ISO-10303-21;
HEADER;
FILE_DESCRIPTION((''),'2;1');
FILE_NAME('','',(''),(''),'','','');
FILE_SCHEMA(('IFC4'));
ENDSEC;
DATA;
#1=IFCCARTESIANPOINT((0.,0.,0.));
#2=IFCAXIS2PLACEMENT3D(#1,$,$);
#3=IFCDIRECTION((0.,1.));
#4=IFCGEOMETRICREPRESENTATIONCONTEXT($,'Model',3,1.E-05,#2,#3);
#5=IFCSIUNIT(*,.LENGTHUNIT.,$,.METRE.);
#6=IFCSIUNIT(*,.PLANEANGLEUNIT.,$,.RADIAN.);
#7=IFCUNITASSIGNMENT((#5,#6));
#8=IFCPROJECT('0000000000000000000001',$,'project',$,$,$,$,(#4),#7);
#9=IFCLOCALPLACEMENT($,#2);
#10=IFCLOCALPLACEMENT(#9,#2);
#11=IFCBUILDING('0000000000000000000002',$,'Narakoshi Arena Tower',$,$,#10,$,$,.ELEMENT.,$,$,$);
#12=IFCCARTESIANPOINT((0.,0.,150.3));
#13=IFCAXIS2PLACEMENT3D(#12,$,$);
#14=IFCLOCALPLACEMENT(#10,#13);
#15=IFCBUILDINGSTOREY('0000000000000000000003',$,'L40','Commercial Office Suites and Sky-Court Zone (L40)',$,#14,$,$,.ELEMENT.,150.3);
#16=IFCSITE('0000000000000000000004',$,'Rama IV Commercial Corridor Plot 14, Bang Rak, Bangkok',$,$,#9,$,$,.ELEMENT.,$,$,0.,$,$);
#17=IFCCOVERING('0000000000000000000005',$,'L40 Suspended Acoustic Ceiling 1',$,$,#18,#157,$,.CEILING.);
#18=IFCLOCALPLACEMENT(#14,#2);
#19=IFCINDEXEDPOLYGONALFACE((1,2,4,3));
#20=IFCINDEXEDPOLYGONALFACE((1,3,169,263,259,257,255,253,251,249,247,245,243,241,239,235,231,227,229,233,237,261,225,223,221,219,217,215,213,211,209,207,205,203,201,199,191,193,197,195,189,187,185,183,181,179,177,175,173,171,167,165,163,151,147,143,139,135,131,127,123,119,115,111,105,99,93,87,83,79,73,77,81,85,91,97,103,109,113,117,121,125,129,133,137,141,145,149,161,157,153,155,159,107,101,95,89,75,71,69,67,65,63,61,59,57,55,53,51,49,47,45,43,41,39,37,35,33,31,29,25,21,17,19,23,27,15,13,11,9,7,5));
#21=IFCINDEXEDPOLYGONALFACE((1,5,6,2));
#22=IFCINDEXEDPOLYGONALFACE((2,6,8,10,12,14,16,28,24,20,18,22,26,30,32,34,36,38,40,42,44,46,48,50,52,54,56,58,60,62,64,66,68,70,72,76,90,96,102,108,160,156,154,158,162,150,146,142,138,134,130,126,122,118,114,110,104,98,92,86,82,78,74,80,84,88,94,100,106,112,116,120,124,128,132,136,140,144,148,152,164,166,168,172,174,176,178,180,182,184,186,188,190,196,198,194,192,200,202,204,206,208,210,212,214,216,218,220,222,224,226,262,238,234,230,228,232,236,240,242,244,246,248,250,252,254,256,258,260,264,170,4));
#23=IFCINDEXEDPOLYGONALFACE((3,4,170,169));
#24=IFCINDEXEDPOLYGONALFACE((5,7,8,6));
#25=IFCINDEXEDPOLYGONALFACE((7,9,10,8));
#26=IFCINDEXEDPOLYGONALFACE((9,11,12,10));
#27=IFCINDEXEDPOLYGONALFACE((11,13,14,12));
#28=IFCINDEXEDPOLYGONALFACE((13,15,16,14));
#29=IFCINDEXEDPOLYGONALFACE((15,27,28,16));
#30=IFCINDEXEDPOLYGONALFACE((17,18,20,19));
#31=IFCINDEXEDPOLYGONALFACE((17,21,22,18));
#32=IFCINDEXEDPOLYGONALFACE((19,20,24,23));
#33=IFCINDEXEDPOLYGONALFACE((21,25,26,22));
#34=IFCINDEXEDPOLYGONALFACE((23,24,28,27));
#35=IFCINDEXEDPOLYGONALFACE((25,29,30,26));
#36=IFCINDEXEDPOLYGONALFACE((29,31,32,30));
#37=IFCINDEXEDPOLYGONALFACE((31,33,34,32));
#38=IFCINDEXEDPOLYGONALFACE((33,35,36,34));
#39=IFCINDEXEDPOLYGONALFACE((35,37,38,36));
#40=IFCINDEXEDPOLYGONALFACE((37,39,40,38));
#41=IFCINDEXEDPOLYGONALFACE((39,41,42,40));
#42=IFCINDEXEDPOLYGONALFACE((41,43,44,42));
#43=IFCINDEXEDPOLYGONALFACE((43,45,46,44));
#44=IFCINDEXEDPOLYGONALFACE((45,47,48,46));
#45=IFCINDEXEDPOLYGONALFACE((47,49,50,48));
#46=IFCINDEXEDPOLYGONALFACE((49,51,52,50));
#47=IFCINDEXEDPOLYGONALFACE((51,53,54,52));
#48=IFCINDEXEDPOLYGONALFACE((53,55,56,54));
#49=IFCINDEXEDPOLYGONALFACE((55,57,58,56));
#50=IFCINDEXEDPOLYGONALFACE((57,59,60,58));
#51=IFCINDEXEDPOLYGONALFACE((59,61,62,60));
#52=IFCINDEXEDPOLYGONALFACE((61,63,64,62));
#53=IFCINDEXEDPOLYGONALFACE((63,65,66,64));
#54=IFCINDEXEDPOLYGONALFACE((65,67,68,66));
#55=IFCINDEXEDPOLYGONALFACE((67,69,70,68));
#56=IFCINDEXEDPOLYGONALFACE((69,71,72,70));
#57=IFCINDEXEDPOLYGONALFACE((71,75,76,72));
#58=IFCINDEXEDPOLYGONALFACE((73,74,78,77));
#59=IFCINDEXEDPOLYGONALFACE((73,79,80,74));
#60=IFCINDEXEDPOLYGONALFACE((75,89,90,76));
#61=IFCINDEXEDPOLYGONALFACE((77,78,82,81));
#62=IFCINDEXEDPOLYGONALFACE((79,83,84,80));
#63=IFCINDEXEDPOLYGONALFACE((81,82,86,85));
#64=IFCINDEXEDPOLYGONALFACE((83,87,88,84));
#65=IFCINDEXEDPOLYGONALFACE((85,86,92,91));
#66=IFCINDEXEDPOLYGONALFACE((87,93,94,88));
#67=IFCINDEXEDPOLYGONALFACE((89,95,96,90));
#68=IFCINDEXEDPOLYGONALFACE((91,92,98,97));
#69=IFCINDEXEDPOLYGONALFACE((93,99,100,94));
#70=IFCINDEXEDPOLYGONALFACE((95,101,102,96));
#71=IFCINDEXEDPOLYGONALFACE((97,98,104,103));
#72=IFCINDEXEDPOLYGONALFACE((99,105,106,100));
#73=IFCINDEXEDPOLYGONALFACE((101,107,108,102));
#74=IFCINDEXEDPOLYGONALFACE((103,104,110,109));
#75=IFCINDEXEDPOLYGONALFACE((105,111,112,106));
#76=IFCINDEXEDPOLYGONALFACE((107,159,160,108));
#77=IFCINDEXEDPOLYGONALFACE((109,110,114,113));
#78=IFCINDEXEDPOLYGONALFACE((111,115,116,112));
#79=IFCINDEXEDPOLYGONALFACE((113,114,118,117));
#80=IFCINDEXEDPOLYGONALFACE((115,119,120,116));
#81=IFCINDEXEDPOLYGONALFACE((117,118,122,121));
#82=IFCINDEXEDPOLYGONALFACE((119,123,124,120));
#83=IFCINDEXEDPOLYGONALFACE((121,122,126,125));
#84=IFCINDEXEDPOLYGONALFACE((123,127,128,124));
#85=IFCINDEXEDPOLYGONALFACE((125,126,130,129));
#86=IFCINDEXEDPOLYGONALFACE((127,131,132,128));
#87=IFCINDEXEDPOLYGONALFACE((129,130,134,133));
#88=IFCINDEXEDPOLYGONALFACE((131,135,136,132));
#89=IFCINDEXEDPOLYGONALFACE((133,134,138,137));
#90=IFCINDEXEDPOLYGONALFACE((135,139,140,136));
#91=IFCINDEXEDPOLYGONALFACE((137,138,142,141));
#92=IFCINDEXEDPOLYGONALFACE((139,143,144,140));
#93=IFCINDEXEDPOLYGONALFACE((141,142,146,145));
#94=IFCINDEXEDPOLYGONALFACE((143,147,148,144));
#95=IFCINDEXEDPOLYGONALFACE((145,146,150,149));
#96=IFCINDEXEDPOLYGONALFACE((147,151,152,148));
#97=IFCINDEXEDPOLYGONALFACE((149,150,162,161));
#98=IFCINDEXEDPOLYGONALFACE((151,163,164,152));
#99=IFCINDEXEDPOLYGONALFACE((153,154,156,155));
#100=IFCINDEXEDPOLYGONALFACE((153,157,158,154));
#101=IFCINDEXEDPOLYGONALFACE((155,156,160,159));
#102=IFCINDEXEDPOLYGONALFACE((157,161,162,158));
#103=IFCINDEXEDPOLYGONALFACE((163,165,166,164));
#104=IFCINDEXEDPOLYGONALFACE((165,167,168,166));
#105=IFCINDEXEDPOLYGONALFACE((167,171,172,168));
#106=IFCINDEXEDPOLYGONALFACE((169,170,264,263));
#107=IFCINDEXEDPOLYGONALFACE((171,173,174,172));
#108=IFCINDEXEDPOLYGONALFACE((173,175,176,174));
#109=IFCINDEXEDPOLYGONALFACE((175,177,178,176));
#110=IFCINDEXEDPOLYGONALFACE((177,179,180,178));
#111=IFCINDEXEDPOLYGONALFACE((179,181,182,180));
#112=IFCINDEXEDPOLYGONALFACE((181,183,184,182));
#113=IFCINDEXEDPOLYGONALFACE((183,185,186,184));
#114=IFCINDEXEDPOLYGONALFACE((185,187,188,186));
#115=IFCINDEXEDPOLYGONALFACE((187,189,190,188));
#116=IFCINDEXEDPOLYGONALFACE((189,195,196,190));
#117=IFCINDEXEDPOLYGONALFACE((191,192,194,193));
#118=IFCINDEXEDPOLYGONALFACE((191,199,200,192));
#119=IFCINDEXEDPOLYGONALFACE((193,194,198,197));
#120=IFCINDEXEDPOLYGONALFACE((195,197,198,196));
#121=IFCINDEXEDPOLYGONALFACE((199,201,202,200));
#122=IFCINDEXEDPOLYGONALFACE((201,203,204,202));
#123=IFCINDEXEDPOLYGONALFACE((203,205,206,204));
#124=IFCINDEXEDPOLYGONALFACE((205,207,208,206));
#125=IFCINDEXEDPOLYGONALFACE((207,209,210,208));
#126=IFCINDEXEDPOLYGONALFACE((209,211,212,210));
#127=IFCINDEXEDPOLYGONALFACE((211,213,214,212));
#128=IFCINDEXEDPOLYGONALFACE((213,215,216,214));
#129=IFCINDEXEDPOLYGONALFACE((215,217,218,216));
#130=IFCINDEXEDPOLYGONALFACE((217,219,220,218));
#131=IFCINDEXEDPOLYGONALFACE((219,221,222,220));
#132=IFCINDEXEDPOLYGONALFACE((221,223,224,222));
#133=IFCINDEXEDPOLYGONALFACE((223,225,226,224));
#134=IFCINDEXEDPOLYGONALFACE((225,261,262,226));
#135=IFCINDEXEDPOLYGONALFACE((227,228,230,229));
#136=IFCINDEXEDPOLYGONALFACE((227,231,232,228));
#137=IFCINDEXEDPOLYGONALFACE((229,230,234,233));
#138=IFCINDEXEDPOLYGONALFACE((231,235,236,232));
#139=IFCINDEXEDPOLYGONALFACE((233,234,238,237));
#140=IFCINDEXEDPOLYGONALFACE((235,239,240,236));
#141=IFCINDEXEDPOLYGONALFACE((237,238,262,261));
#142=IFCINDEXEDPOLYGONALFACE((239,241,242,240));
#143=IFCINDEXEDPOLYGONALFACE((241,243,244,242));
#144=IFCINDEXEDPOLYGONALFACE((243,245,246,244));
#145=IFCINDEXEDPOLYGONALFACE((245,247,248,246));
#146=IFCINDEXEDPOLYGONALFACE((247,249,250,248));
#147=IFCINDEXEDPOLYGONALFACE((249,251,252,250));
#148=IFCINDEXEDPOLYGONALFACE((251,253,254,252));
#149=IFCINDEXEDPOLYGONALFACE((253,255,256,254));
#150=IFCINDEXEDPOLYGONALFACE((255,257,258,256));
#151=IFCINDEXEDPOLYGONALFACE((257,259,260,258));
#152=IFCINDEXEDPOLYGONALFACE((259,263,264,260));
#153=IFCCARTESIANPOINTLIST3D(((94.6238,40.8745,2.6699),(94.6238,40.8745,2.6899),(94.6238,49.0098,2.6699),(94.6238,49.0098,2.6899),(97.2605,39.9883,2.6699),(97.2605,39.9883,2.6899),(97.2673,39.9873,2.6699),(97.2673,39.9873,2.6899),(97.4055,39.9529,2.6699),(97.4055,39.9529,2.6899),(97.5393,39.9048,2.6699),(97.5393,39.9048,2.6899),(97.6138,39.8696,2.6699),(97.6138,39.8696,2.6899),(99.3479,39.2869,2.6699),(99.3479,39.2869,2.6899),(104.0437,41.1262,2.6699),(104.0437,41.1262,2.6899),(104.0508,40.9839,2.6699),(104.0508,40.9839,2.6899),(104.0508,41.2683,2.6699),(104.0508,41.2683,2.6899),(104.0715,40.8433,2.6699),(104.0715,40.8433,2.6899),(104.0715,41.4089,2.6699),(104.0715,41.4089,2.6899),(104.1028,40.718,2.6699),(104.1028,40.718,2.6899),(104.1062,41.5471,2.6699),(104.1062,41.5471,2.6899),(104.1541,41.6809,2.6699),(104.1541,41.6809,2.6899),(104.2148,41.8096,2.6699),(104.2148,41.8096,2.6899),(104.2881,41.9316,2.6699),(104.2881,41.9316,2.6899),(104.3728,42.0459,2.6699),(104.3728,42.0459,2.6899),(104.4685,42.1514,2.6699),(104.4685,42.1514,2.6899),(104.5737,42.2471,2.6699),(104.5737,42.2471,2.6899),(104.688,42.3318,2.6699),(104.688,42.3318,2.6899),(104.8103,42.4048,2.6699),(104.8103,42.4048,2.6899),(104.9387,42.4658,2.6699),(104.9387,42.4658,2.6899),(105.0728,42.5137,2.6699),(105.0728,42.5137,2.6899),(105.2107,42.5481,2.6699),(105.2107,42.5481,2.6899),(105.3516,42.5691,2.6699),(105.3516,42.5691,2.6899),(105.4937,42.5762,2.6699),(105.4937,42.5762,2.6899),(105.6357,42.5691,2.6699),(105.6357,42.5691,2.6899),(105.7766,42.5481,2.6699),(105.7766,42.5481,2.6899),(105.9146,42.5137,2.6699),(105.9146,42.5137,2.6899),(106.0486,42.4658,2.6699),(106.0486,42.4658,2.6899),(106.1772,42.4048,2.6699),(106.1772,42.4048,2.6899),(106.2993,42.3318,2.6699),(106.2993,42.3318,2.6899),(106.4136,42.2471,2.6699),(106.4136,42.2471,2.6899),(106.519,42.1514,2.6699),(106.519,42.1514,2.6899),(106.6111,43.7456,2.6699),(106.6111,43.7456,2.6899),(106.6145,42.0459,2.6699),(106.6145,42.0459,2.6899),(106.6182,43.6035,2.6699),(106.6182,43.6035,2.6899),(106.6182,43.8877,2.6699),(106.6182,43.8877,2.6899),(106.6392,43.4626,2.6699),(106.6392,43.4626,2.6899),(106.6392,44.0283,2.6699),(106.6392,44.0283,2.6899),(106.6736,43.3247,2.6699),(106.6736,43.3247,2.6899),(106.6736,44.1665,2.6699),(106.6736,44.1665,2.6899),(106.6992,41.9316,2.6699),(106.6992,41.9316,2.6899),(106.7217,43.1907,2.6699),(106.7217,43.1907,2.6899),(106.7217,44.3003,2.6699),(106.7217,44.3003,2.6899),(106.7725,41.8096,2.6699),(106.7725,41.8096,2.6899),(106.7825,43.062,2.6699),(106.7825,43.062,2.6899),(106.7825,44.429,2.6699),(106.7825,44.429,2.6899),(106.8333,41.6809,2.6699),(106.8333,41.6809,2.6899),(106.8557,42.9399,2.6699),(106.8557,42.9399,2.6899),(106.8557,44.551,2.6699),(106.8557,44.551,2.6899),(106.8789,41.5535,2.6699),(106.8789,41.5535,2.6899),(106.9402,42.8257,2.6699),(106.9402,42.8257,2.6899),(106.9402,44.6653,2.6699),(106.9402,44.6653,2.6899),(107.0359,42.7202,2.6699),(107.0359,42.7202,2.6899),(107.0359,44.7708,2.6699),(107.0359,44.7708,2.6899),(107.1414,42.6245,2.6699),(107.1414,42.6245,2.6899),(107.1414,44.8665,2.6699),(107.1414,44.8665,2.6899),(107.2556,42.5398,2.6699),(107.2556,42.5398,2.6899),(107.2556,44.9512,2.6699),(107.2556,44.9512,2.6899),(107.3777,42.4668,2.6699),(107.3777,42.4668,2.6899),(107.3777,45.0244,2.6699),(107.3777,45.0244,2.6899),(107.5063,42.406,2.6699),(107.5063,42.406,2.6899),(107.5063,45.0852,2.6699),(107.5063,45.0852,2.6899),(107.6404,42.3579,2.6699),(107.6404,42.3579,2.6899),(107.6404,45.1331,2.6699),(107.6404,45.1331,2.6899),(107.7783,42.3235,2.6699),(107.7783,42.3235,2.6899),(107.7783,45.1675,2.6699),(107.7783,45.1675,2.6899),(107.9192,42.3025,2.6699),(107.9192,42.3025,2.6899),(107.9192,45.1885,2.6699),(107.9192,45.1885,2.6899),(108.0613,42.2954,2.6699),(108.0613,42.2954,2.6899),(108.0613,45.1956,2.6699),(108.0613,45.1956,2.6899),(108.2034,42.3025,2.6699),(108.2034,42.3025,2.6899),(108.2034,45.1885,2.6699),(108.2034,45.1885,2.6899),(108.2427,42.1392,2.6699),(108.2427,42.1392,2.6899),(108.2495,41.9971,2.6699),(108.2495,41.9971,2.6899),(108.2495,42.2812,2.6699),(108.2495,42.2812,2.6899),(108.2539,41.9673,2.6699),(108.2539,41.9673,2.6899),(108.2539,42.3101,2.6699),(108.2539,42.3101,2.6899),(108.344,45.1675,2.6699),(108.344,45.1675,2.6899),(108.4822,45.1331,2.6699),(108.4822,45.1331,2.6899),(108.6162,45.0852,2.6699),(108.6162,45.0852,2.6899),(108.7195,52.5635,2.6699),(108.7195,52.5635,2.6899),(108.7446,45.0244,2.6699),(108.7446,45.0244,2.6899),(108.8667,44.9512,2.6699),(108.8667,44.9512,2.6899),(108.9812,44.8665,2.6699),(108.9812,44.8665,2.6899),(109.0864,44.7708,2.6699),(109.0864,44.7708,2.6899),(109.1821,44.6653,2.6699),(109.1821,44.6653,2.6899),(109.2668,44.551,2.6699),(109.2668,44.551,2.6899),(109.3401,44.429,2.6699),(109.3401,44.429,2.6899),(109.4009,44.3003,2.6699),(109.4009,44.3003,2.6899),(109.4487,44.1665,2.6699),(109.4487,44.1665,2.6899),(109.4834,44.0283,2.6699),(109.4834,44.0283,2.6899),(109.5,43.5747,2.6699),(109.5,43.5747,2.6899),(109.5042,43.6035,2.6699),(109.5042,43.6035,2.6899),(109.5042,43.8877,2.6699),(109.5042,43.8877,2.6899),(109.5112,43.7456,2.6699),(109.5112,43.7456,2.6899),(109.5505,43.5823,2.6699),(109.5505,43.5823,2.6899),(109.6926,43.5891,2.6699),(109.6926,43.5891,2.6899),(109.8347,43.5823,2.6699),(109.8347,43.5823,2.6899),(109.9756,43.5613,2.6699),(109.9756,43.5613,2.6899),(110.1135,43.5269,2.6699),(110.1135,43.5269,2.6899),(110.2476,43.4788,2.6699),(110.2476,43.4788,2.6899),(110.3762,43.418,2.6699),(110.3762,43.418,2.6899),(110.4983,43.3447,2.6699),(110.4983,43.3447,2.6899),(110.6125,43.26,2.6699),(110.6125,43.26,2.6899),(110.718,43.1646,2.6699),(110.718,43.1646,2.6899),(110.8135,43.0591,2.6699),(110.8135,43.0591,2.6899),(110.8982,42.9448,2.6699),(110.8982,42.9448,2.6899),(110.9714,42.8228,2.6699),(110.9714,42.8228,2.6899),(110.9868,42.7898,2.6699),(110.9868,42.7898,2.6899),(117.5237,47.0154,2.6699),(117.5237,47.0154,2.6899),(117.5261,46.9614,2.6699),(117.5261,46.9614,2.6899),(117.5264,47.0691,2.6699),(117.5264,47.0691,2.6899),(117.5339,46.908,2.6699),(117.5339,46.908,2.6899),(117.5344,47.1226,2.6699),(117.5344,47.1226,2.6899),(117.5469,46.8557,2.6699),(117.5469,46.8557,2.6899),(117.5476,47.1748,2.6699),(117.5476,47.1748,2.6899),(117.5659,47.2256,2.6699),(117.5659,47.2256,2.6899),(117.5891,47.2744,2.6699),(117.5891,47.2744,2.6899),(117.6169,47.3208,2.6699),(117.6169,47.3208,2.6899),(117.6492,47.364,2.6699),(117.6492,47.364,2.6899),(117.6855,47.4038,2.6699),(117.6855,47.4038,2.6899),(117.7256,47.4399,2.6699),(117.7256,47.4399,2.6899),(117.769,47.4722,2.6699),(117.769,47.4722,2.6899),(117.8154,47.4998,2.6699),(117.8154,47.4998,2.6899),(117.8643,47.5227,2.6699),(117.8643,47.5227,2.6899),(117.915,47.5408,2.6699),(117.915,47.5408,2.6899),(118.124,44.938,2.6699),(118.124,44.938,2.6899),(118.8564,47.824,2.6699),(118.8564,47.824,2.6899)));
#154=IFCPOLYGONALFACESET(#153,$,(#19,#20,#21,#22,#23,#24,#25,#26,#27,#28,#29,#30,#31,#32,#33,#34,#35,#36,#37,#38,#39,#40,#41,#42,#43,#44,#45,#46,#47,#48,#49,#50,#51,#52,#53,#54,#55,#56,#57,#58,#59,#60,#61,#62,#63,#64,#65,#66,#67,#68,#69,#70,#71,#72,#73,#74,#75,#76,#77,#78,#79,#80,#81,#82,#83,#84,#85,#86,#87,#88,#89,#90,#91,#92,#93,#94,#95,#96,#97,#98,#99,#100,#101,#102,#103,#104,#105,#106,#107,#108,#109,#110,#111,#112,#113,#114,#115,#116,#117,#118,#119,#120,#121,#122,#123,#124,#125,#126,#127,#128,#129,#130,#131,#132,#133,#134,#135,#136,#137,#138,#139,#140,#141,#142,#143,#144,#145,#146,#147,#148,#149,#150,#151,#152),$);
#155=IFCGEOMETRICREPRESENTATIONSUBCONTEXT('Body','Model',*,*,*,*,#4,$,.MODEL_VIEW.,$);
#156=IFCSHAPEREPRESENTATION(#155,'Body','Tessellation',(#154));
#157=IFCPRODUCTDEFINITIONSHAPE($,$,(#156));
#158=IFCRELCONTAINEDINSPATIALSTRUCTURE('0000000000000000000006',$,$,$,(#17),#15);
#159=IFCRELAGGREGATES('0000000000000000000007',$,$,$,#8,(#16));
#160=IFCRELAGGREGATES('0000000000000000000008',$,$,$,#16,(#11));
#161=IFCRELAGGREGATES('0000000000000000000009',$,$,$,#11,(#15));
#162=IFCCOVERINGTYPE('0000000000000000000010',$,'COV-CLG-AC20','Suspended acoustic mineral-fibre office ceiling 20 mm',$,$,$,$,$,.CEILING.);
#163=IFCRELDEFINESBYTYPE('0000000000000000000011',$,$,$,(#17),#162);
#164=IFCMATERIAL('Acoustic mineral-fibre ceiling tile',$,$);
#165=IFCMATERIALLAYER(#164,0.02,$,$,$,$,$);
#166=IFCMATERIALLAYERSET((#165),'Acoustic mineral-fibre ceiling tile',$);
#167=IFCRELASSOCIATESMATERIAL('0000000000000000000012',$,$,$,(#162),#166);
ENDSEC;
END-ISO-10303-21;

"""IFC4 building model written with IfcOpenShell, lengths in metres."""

from ifc_helpers import new_model, si_unit, direction, frame, origin, place, context, subcontext, project, spatial, polyline, outline, extrude, material, layer, layer_set, type_object, element, save


model = new_model("IFC4")

# Units and contexts
model_context = context("Model", 3, precision=1e-05, world=origin(), true_north=direction((0.0, 1.0)))
body_context = subcontext(model_context, "Body", "Model", "MODEL_VIEW")
ifc_project = project(units=[si_unit("LENGTHUNIT", "METRE"), si_unit("PLANEANGLEUNIT", "RADIAN")], contexts=[model_context])

# Site, building, storey
site_placement = place(None, origin())
site = spatial("IfcSite", under=ifc_project, at=site_placement, Name="Rama IV Commercial Corridor Plot 14, Bang Rak, Bangkok", CompositionType="ELEMENT", RefElevation=0.0)
building_placement = place(site_placement, origin())
building = spatial("IfcBuilding", under=site, at=building_placement, Name="Narakoshi Arena Tower", CompositionType="ELEMENT")
storey_placement = place(building_placement, frame((0.0, 0.0, 150.3)))
storey = spatial("IfcBuildingStorey", under=building, at=storey_placement, Name="L40", Description="Commercial Office Suites and Sky-Court Zone (L40)", CompositionType="ELEMENT", Elevation=150.3)

# Covering
ifc_material_1 = material(Name="Acoustic mineral-fibre ceiling tile")
ifc_layer_1 = layer(ifc_material_1, 0.02)
ifc_layer_set_1 = layer_set([ifc_layer_1], Name="Acoustic mineral-fibre ceiling tile")
covering_type_1 = type_object("IfcCoveringType", Name="COV-CLG-AC20", Description="Suspended acoustic mineral-fibre office ceiling 20 mm", PredefinedType="CEILING", material=ifc_layer_set_1)
covering_1_placement = place(storey_placement, frame((0.0, 0.0, 2.6699)))
element("IfcCovering", 1, at=covering_1_placement, inside=storey, type_object=covering_type_1, Name="L40 Suspended Acoustic Ceiling 1", PredefinedType="CEILING", context=body_context, shape_type="SweptSolid", body=[
    extrude(outline(polyline([(117.8643, 47.5227), (117.8154, 47.4998), (117.769, 47.4722), (117.7256, 47.4399), (117.6855, 47.4038), (117.6492, 47.364), (117.6169, 47.3208), (117.5891, 47.2744), (117.5659, 47.2256), (117.5476, 47.1748), (117.5344, 47.1226), (117.5264, 47.0691), (117.5237, 47.0154), (117.5261, 46.9614), (117.5339, 46.908), (117.5469, 46.8557), (118.124, 44.938), (110.9868, 42.7898), (110.9714, 42.8228), (110.8982, 42.9448), (110.8135, 43.0591), (110.718, 43.1646), (110.6125, 43.26), (110.4983, 43.3447), (110.3762, 43.418), (110.2476, 43.4788), (110.1135, 43.5269), (109.9756, 43.5613), (109.8347, 43.5823), (109.6926, 43.5891), (109.5505, 43.5823), (109.5, 43.5747), (109.5042, 43.6035), (109.5112, 43.7456), (109.5042, 43.8877), (109.4834, 44.0283), (109.4487, 44.1665), (109.4009, 44.3003), (109.3401, 44.429), (109.2668, 44.551), (109.1821, 44.6653), (109.0864, 44.7708), (108.9812, 44.8665), (108.8667, 44.9512), (108.7446, 45.0244), (108.6162, 45.0852), (108.4822, 45.1331), (108.344, 45.1675), (108.2034, 45.1885), (108.0613, 45.1956), (107.9192, 45.1885), (107.7783, 45.1675), (107.6404, 45.1331), (107.5063, 45.0852), (107.3777, 45.0244), (107.2556, 44.9512), (107.1414, 44.8665), (107.0359, 44.7708), (106.9402, 44.6653), (106.8557, 44.551), (106.7825, 44.429), (106.7217, 44.3003), (106.6736, 44.1665), (106.6392, 44.0283), (106.6182, 43.8877), (106.6111, 43.7456), (106.6182, 43.6035), (106.6392, 43.4626), (106.6736, 43.3247), (106.7217, 43.1907), (106.7825, 43.062), (106.8557, 42.9399), (106.9402, 42.8257), (107.0359, 42.7202), (107.1414, 42.6245), (107.2556, 42.5398), (107.3777, 42.4668), (107.5063, 42.406), (107.6404, 42.3579), (107.7783, 42.3235), (107.9192, 42.3025), (108.0613, 42.2954), (108.2034, 42.3025), (108.2539, 42.3101), (108.2495, 42.2812), (108.2427, 42.1392), (108.2495, 41.9971), (108.2539, 41.9673), (106.8789, 41.5535), (106.8333, 41.6809), (106.7725, 41.8096), (106.6992, 41.9316), (106.6145, 42.0459), (106.519, 42.1514), (106.4136, 42.2471), (106.2993, 42.3318), (106.1772, 42.4048), (106.0486, 42.4658), (105.9146, 42.5137), (105.7766, 42.5481), (105.6357, 42.5691), (105.4937, 42.5762), (105.3516, 42.5691), (105.2107, 42.5481), (105.0728, 42.5137), (104.9387, 42.4658), (104.8103, 42.4048), (104.688, 42.3318), (104.5737, 42.2471), (104.4685, 42.1514), (104.3728, 42.0459), (104.2881, 41.9316), (104.2148, 41.8096), (104.1541, 41.6809), (104.1062, 41.5471), (104.0715, 41.4089), (104.0508, 41.2683), (104.0437, 41.1262), (104.0508, 40.9839), (104.0715, 40.8433), (104.1028, 40.718), (99.3479, 39.2869), (97.6138, 39.8696), (97.5393, 39.9048), (97.4055, 39.9529), (97.2673, 39.9873), (97.2605, 39.9883), (94.6238, 40.8745), (94.6238, 49.0098), (108.7195, 52.5635), (118.8564, 47.824), (117.915, 47.5408), (117.8643, 47.5227)])), origin(), (0.0, 0.0, 1.0), 0.02),
])

save(model, "model.ifc")
